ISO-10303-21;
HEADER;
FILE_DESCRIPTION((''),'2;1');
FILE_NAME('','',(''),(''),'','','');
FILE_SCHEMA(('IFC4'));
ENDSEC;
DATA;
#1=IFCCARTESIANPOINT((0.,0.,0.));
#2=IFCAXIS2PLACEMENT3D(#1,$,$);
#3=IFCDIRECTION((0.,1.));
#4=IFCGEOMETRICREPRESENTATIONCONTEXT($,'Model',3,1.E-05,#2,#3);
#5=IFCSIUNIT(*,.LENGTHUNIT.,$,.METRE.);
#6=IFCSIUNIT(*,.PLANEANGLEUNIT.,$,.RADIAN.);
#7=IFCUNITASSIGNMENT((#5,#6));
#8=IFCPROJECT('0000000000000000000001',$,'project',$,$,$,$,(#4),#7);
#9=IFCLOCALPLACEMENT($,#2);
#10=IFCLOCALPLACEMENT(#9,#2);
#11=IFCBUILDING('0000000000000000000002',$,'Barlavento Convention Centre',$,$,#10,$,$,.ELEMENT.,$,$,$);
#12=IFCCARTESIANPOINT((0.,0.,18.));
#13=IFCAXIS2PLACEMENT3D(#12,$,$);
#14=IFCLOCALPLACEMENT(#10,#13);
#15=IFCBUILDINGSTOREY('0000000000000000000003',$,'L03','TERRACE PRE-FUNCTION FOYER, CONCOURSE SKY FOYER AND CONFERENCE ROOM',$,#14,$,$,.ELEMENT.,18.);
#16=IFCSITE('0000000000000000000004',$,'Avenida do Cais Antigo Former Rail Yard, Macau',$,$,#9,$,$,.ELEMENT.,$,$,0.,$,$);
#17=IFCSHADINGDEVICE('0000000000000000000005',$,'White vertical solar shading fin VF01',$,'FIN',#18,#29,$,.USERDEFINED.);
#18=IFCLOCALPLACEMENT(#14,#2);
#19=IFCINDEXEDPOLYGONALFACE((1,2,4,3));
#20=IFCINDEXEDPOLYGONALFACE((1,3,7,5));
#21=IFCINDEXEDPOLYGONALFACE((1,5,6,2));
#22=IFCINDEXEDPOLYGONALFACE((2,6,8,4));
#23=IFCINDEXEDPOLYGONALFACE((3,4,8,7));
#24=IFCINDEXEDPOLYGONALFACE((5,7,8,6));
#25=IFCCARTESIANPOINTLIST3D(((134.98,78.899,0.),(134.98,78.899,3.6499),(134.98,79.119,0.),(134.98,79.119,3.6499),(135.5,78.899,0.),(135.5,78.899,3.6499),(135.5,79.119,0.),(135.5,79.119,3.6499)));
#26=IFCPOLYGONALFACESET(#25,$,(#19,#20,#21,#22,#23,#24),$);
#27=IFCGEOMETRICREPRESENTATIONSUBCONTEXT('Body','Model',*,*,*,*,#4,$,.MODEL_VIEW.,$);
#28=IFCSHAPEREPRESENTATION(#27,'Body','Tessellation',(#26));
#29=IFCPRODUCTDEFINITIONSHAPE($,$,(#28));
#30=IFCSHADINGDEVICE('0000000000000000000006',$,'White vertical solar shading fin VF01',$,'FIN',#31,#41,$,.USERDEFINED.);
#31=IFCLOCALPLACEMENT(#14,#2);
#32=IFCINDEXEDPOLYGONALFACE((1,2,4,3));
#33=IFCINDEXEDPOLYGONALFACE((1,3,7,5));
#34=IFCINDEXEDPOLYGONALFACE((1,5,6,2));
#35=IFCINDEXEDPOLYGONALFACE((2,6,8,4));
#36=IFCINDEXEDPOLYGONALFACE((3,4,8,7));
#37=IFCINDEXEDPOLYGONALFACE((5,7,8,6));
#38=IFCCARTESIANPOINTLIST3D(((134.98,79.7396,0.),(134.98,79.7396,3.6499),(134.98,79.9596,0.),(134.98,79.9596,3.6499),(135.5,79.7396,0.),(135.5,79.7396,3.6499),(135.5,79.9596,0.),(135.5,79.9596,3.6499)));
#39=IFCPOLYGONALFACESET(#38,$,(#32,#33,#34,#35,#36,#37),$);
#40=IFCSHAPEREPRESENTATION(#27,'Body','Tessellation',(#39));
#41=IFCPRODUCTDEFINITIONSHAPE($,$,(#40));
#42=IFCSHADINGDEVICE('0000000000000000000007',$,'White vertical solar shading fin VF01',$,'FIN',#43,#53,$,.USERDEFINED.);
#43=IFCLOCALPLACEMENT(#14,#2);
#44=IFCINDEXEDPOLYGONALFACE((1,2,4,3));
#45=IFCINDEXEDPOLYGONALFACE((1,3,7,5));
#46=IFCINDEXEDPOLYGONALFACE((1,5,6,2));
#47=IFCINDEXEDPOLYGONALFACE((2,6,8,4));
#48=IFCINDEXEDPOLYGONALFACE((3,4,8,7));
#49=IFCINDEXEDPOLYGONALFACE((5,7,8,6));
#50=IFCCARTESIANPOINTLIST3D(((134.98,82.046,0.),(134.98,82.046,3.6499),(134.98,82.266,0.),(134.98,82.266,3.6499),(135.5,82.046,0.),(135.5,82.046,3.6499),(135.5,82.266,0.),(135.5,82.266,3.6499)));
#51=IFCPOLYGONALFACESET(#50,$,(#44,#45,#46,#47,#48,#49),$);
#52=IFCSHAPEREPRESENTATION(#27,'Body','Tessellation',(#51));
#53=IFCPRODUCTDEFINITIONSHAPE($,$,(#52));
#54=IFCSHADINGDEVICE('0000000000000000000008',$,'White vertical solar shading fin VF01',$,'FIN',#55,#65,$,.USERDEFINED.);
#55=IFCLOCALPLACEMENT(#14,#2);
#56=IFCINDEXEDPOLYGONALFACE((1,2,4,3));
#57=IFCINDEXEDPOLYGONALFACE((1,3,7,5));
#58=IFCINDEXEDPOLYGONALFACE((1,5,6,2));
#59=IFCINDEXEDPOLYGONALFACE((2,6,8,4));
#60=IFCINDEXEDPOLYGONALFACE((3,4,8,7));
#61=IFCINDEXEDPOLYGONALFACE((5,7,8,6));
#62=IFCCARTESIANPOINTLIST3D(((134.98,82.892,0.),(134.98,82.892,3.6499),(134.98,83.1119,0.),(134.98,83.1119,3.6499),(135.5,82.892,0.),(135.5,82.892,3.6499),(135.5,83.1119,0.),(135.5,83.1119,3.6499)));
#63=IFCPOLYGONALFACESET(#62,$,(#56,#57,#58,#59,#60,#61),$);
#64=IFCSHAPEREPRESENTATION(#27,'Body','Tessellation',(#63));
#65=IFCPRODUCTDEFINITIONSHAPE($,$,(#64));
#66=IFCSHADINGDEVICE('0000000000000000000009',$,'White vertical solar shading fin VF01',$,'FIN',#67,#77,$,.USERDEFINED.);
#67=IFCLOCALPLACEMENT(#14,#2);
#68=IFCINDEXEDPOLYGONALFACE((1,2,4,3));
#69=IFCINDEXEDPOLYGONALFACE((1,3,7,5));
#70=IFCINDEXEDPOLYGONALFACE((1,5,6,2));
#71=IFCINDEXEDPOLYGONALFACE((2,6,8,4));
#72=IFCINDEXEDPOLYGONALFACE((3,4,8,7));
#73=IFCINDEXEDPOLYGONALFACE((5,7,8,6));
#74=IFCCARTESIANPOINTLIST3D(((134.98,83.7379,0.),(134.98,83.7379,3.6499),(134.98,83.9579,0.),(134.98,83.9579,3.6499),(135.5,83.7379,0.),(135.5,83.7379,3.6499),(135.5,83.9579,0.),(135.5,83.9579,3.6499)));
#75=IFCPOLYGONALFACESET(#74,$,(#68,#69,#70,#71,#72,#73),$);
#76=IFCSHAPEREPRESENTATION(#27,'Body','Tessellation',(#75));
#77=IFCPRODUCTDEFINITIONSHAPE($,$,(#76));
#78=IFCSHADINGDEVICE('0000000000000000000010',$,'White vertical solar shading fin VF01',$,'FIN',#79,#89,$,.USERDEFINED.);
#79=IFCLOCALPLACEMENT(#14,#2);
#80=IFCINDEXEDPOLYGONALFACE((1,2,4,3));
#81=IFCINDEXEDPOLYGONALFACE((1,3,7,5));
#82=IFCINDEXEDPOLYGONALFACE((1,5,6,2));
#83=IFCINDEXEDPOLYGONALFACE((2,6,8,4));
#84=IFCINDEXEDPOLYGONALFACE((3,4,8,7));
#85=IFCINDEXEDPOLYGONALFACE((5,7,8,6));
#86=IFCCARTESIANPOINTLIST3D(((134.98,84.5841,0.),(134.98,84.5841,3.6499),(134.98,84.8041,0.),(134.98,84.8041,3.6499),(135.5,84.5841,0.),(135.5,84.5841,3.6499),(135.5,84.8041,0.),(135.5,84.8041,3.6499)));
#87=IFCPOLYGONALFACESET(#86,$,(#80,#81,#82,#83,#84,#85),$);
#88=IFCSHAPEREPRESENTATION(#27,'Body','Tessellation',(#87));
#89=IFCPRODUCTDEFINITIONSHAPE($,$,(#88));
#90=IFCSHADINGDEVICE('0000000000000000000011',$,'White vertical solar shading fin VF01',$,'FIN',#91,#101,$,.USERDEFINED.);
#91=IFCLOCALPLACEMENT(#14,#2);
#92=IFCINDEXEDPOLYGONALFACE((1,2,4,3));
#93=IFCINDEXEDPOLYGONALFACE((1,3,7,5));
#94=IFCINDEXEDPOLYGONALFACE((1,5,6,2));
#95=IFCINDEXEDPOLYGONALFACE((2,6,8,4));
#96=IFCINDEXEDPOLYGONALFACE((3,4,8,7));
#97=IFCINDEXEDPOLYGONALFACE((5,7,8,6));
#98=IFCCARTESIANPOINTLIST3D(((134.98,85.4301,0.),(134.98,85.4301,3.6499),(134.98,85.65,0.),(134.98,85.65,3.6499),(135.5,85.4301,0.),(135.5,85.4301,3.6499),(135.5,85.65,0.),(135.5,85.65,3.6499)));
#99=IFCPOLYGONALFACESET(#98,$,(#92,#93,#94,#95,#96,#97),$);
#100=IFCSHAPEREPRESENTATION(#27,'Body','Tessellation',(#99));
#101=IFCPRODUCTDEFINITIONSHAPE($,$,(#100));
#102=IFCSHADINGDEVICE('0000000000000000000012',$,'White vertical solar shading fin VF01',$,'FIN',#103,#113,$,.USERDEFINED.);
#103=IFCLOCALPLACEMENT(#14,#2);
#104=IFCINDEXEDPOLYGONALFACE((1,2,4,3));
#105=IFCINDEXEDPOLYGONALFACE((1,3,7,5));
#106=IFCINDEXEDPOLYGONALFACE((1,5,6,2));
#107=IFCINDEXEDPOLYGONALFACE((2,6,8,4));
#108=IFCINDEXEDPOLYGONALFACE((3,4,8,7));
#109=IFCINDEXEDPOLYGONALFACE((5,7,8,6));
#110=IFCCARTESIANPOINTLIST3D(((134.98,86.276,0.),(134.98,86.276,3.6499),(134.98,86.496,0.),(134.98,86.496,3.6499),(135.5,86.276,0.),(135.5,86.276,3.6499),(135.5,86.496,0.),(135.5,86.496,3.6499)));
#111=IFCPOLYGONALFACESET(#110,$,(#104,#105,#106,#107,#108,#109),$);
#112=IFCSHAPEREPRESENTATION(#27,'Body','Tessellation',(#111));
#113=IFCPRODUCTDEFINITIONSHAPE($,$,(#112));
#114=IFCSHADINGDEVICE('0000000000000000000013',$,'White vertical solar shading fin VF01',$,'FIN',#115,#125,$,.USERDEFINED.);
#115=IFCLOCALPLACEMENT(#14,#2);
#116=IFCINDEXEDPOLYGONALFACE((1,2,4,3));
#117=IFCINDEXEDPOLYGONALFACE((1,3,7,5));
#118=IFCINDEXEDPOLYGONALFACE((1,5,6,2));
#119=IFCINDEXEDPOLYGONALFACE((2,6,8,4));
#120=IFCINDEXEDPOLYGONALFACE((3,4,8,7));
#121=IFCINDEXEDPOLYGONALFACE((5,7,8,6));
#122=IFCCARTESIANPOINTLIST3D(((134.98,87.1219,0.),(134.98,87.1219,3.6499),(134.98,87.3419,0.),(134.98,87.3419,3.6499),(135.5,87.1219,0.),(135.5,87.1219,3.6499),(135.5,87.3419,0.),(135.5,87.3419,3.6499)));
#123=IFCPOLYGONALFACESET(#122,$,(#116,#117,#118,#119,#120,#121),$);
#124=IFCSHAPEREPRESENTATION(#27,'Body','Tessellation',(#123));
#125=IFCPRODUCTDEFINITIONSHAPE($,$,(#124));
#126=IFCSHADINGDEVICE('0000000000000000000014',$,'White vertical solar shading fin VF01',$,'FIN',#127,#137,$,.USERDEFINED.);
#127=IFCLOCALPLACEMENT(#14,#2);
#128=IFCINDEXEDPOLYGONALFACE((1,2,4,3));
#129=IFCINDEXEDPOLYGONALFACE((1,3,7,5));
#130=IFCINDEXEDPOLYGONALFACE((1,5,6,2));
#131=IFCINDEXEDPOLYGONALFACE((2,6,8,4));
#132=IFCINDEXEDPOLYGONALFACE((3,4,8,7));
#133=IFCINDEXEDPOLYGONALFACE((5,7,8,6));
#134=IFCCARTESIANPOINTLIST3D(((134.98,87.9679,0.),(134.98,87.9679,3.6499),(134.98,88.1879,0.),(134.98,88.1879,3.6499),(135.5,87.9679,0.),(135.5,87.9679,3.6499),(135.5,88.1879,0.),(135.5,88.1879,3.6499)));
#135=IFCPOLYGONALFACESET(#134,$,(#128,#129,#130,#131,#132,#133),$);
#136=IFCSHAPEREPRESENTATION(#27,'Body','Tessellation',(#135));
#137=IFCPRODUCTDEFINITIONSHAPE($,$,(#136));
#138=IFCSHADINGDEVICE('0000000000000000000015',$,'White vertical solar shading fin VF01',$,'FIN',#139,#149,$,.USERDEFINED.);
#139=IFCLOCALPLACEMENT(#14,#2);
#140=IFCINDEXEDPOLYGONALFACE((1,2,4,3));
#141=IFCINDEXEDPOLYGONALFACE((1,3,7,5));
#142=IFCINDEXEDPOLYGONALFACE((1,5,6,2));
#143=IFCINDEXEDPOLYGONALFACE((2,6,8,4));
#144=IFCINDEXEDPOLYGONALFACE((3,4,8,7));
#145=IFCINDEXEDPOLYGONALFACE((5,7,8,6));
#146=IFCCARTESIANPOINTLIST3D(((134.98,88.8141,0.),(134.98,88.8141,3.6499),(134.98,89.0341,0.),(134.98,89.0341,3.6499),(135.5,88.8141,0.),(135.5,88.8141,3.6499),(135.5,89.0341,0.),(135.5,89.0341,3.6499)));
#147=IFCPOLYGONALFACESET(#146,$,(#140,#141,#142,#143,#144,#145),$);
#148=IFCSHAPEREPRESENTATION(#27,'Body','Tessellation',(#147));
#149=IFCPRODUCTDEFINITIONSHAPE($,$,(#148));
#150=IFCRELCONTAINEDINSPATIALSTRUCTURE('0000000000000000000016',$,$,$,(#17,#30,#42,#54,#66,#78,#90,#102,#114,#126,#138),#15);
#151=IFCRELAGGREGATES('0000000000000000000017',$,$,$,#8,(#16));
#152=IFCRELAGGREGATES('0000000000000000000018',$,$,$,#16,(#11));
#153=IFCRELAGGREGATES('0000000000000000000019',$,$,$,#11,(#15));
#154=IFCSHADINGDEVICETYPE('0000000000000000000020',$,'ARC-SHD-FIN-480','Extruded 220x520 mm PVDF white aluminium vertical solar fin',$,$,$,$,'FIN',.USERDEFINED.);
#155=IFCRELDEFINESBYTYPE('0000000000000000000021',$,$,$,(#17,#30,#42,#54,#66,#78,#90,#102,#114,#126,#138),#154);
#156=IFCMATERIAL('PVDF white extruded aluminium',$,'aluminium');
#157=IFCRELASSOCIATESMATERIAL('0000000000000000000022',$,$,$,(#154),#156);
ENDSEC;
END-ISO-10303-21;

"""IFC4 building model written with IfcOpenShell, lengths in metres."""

from ifc_helpers import new_model, si_unit, direction, frame, origin, origin_2d, place, context, subcontext, project, spatial, rectangle, extrude, material, type_object, element, save


model = new_model("IFC4")

# Units and contexts
model_context = context("Model", 3, precision=1e-05, world=origin(), true_north=direction((0.0, 1.0)))
body_context = subcontext(model_context, "Body", "Model", "MODEL_VIEW")
ifc_project = project(units=[si_unit("LENGTHUNIT", "METRE"), si_unit("PLANEANGLEUNIT", "RADIAN")], contexts=[model_context])

# Site, building, storey
site_placement = place(None, origin())
site = spatial("IfcSite", under=ifc_project, at=site_placement, Name="Avenida do Cais Antigo Former Rail Yard, Macau", CompositionType="ELEMENT", RefElevation=0.0)
building_placement = place(site_placement, origin())
building = spatial("IfcBuilding", under=site, at=building_placement, Name="Barlavento Convention Centre", CompositionType="ELEMENT")
storey_placement = place(building_placement, frame((0.0, 0.0, 18.0)))
storey = spatial("IfcBuildingStorey", under=building, at=storey_placement, Name="L03", Description="TERRACE PRE-FUNCTION FOYER, CONCOURSE SKY FOYER AND CONFERENCE ROOM", CompositionType="ELEMENT", Elevation=18.0)

# Shading devices
ifc_material = material(Name="PVDF white extruded aluminium", Category="aluminium")
shading_device_type = type_object("IfcShadingDeviceType", Name="ARC-SHD-FIN-480", Description="Extruded 220x520 mm PVDF white aluminium vertical solar fin", ElementType="FIN", PredefinedType="USERDEFINED", material=ifc_material)
for number, where, z_axis, x_axis, name in (
    (1, (135.24, 79.009, 0.0), (0.0, 0.0, 1.0), (0.0, 1.0, 0.0), "White vertical solar shading fin VF01"),
    (2, (135.24, 79.8496, 0.0), (0.0, 0.0, 1.0), (0.0, 1.0, 0.0), "White vertical solar shading fin VF01"),
    (3, (135.24, 82.156, 0.0), (0.0, 0.0, 1.0), (0.0, 1.0, 0.0), "White vertical solar shading fin VF01"),
    (4, (135.24, 83.002, 0.0), (0.0, 0.0, 1.0), (0.0, 1.0, 0.0), "White vertical solar shading fin VF01"),
    (5, (135.24, 83.8479, 0.0), (0.0, 0.0, 1.0), (0.0, 1.0, 0.0), "White vertical solar shading fin VF01"),
    (6, (135.24, 84.6941, 0.0), (0.0, 0.0, 1.0), (0.0, 1.0, 0.0), "White vertical solar shading fin VF01"),
    (7, (135.24, 85.54, 0.0), (0.0, 0.0, 1.0), (0.0, 1.0, 0.0), "White vertical solar shading fin VF01"),
    (8, (135.24, 86.386, 0.0), (0.0, 0.0, 1.0), (0.0, 1.0, 0.0), "White vertical solar shading fin VF01"),
    (9, (135.24, 87.2319, 0.0), (0.0, 0.0, 1.0), (0.0, 1.0, 0.0), "White vertical solar shading fin VF01"),
    (10, (135.24, 88.0779, 0.0), (0.0, 0.0, 1.0), (0.0, 1.0, 0.0), "White vertical solar shading fin VF01"),
    (11, (135.24, 88.9241, 0.0), (0.0, 0.0, 1.0), (0.0, 1.0, 0.0), "White vertical solar shading fin VF01"),
):
    element("IfcShadingDevice", number, at=place(storey_placement, frame(where, z_axis=z_axis, x_axis=x_axis)), inside=storey, type_object=shading_device_type, Name=name, ObjectType="FIN", PredefinedType="USERDEFINED", context=body_context, shape_type="SweptSolid", body=[
        extrude(rectangle(XDim=0.22, YDim=0.52, at=origin_2d()), origin(), (0.0, 0.0, 1.0), 3.6499),
    ])

save(model, "model.ifc")
